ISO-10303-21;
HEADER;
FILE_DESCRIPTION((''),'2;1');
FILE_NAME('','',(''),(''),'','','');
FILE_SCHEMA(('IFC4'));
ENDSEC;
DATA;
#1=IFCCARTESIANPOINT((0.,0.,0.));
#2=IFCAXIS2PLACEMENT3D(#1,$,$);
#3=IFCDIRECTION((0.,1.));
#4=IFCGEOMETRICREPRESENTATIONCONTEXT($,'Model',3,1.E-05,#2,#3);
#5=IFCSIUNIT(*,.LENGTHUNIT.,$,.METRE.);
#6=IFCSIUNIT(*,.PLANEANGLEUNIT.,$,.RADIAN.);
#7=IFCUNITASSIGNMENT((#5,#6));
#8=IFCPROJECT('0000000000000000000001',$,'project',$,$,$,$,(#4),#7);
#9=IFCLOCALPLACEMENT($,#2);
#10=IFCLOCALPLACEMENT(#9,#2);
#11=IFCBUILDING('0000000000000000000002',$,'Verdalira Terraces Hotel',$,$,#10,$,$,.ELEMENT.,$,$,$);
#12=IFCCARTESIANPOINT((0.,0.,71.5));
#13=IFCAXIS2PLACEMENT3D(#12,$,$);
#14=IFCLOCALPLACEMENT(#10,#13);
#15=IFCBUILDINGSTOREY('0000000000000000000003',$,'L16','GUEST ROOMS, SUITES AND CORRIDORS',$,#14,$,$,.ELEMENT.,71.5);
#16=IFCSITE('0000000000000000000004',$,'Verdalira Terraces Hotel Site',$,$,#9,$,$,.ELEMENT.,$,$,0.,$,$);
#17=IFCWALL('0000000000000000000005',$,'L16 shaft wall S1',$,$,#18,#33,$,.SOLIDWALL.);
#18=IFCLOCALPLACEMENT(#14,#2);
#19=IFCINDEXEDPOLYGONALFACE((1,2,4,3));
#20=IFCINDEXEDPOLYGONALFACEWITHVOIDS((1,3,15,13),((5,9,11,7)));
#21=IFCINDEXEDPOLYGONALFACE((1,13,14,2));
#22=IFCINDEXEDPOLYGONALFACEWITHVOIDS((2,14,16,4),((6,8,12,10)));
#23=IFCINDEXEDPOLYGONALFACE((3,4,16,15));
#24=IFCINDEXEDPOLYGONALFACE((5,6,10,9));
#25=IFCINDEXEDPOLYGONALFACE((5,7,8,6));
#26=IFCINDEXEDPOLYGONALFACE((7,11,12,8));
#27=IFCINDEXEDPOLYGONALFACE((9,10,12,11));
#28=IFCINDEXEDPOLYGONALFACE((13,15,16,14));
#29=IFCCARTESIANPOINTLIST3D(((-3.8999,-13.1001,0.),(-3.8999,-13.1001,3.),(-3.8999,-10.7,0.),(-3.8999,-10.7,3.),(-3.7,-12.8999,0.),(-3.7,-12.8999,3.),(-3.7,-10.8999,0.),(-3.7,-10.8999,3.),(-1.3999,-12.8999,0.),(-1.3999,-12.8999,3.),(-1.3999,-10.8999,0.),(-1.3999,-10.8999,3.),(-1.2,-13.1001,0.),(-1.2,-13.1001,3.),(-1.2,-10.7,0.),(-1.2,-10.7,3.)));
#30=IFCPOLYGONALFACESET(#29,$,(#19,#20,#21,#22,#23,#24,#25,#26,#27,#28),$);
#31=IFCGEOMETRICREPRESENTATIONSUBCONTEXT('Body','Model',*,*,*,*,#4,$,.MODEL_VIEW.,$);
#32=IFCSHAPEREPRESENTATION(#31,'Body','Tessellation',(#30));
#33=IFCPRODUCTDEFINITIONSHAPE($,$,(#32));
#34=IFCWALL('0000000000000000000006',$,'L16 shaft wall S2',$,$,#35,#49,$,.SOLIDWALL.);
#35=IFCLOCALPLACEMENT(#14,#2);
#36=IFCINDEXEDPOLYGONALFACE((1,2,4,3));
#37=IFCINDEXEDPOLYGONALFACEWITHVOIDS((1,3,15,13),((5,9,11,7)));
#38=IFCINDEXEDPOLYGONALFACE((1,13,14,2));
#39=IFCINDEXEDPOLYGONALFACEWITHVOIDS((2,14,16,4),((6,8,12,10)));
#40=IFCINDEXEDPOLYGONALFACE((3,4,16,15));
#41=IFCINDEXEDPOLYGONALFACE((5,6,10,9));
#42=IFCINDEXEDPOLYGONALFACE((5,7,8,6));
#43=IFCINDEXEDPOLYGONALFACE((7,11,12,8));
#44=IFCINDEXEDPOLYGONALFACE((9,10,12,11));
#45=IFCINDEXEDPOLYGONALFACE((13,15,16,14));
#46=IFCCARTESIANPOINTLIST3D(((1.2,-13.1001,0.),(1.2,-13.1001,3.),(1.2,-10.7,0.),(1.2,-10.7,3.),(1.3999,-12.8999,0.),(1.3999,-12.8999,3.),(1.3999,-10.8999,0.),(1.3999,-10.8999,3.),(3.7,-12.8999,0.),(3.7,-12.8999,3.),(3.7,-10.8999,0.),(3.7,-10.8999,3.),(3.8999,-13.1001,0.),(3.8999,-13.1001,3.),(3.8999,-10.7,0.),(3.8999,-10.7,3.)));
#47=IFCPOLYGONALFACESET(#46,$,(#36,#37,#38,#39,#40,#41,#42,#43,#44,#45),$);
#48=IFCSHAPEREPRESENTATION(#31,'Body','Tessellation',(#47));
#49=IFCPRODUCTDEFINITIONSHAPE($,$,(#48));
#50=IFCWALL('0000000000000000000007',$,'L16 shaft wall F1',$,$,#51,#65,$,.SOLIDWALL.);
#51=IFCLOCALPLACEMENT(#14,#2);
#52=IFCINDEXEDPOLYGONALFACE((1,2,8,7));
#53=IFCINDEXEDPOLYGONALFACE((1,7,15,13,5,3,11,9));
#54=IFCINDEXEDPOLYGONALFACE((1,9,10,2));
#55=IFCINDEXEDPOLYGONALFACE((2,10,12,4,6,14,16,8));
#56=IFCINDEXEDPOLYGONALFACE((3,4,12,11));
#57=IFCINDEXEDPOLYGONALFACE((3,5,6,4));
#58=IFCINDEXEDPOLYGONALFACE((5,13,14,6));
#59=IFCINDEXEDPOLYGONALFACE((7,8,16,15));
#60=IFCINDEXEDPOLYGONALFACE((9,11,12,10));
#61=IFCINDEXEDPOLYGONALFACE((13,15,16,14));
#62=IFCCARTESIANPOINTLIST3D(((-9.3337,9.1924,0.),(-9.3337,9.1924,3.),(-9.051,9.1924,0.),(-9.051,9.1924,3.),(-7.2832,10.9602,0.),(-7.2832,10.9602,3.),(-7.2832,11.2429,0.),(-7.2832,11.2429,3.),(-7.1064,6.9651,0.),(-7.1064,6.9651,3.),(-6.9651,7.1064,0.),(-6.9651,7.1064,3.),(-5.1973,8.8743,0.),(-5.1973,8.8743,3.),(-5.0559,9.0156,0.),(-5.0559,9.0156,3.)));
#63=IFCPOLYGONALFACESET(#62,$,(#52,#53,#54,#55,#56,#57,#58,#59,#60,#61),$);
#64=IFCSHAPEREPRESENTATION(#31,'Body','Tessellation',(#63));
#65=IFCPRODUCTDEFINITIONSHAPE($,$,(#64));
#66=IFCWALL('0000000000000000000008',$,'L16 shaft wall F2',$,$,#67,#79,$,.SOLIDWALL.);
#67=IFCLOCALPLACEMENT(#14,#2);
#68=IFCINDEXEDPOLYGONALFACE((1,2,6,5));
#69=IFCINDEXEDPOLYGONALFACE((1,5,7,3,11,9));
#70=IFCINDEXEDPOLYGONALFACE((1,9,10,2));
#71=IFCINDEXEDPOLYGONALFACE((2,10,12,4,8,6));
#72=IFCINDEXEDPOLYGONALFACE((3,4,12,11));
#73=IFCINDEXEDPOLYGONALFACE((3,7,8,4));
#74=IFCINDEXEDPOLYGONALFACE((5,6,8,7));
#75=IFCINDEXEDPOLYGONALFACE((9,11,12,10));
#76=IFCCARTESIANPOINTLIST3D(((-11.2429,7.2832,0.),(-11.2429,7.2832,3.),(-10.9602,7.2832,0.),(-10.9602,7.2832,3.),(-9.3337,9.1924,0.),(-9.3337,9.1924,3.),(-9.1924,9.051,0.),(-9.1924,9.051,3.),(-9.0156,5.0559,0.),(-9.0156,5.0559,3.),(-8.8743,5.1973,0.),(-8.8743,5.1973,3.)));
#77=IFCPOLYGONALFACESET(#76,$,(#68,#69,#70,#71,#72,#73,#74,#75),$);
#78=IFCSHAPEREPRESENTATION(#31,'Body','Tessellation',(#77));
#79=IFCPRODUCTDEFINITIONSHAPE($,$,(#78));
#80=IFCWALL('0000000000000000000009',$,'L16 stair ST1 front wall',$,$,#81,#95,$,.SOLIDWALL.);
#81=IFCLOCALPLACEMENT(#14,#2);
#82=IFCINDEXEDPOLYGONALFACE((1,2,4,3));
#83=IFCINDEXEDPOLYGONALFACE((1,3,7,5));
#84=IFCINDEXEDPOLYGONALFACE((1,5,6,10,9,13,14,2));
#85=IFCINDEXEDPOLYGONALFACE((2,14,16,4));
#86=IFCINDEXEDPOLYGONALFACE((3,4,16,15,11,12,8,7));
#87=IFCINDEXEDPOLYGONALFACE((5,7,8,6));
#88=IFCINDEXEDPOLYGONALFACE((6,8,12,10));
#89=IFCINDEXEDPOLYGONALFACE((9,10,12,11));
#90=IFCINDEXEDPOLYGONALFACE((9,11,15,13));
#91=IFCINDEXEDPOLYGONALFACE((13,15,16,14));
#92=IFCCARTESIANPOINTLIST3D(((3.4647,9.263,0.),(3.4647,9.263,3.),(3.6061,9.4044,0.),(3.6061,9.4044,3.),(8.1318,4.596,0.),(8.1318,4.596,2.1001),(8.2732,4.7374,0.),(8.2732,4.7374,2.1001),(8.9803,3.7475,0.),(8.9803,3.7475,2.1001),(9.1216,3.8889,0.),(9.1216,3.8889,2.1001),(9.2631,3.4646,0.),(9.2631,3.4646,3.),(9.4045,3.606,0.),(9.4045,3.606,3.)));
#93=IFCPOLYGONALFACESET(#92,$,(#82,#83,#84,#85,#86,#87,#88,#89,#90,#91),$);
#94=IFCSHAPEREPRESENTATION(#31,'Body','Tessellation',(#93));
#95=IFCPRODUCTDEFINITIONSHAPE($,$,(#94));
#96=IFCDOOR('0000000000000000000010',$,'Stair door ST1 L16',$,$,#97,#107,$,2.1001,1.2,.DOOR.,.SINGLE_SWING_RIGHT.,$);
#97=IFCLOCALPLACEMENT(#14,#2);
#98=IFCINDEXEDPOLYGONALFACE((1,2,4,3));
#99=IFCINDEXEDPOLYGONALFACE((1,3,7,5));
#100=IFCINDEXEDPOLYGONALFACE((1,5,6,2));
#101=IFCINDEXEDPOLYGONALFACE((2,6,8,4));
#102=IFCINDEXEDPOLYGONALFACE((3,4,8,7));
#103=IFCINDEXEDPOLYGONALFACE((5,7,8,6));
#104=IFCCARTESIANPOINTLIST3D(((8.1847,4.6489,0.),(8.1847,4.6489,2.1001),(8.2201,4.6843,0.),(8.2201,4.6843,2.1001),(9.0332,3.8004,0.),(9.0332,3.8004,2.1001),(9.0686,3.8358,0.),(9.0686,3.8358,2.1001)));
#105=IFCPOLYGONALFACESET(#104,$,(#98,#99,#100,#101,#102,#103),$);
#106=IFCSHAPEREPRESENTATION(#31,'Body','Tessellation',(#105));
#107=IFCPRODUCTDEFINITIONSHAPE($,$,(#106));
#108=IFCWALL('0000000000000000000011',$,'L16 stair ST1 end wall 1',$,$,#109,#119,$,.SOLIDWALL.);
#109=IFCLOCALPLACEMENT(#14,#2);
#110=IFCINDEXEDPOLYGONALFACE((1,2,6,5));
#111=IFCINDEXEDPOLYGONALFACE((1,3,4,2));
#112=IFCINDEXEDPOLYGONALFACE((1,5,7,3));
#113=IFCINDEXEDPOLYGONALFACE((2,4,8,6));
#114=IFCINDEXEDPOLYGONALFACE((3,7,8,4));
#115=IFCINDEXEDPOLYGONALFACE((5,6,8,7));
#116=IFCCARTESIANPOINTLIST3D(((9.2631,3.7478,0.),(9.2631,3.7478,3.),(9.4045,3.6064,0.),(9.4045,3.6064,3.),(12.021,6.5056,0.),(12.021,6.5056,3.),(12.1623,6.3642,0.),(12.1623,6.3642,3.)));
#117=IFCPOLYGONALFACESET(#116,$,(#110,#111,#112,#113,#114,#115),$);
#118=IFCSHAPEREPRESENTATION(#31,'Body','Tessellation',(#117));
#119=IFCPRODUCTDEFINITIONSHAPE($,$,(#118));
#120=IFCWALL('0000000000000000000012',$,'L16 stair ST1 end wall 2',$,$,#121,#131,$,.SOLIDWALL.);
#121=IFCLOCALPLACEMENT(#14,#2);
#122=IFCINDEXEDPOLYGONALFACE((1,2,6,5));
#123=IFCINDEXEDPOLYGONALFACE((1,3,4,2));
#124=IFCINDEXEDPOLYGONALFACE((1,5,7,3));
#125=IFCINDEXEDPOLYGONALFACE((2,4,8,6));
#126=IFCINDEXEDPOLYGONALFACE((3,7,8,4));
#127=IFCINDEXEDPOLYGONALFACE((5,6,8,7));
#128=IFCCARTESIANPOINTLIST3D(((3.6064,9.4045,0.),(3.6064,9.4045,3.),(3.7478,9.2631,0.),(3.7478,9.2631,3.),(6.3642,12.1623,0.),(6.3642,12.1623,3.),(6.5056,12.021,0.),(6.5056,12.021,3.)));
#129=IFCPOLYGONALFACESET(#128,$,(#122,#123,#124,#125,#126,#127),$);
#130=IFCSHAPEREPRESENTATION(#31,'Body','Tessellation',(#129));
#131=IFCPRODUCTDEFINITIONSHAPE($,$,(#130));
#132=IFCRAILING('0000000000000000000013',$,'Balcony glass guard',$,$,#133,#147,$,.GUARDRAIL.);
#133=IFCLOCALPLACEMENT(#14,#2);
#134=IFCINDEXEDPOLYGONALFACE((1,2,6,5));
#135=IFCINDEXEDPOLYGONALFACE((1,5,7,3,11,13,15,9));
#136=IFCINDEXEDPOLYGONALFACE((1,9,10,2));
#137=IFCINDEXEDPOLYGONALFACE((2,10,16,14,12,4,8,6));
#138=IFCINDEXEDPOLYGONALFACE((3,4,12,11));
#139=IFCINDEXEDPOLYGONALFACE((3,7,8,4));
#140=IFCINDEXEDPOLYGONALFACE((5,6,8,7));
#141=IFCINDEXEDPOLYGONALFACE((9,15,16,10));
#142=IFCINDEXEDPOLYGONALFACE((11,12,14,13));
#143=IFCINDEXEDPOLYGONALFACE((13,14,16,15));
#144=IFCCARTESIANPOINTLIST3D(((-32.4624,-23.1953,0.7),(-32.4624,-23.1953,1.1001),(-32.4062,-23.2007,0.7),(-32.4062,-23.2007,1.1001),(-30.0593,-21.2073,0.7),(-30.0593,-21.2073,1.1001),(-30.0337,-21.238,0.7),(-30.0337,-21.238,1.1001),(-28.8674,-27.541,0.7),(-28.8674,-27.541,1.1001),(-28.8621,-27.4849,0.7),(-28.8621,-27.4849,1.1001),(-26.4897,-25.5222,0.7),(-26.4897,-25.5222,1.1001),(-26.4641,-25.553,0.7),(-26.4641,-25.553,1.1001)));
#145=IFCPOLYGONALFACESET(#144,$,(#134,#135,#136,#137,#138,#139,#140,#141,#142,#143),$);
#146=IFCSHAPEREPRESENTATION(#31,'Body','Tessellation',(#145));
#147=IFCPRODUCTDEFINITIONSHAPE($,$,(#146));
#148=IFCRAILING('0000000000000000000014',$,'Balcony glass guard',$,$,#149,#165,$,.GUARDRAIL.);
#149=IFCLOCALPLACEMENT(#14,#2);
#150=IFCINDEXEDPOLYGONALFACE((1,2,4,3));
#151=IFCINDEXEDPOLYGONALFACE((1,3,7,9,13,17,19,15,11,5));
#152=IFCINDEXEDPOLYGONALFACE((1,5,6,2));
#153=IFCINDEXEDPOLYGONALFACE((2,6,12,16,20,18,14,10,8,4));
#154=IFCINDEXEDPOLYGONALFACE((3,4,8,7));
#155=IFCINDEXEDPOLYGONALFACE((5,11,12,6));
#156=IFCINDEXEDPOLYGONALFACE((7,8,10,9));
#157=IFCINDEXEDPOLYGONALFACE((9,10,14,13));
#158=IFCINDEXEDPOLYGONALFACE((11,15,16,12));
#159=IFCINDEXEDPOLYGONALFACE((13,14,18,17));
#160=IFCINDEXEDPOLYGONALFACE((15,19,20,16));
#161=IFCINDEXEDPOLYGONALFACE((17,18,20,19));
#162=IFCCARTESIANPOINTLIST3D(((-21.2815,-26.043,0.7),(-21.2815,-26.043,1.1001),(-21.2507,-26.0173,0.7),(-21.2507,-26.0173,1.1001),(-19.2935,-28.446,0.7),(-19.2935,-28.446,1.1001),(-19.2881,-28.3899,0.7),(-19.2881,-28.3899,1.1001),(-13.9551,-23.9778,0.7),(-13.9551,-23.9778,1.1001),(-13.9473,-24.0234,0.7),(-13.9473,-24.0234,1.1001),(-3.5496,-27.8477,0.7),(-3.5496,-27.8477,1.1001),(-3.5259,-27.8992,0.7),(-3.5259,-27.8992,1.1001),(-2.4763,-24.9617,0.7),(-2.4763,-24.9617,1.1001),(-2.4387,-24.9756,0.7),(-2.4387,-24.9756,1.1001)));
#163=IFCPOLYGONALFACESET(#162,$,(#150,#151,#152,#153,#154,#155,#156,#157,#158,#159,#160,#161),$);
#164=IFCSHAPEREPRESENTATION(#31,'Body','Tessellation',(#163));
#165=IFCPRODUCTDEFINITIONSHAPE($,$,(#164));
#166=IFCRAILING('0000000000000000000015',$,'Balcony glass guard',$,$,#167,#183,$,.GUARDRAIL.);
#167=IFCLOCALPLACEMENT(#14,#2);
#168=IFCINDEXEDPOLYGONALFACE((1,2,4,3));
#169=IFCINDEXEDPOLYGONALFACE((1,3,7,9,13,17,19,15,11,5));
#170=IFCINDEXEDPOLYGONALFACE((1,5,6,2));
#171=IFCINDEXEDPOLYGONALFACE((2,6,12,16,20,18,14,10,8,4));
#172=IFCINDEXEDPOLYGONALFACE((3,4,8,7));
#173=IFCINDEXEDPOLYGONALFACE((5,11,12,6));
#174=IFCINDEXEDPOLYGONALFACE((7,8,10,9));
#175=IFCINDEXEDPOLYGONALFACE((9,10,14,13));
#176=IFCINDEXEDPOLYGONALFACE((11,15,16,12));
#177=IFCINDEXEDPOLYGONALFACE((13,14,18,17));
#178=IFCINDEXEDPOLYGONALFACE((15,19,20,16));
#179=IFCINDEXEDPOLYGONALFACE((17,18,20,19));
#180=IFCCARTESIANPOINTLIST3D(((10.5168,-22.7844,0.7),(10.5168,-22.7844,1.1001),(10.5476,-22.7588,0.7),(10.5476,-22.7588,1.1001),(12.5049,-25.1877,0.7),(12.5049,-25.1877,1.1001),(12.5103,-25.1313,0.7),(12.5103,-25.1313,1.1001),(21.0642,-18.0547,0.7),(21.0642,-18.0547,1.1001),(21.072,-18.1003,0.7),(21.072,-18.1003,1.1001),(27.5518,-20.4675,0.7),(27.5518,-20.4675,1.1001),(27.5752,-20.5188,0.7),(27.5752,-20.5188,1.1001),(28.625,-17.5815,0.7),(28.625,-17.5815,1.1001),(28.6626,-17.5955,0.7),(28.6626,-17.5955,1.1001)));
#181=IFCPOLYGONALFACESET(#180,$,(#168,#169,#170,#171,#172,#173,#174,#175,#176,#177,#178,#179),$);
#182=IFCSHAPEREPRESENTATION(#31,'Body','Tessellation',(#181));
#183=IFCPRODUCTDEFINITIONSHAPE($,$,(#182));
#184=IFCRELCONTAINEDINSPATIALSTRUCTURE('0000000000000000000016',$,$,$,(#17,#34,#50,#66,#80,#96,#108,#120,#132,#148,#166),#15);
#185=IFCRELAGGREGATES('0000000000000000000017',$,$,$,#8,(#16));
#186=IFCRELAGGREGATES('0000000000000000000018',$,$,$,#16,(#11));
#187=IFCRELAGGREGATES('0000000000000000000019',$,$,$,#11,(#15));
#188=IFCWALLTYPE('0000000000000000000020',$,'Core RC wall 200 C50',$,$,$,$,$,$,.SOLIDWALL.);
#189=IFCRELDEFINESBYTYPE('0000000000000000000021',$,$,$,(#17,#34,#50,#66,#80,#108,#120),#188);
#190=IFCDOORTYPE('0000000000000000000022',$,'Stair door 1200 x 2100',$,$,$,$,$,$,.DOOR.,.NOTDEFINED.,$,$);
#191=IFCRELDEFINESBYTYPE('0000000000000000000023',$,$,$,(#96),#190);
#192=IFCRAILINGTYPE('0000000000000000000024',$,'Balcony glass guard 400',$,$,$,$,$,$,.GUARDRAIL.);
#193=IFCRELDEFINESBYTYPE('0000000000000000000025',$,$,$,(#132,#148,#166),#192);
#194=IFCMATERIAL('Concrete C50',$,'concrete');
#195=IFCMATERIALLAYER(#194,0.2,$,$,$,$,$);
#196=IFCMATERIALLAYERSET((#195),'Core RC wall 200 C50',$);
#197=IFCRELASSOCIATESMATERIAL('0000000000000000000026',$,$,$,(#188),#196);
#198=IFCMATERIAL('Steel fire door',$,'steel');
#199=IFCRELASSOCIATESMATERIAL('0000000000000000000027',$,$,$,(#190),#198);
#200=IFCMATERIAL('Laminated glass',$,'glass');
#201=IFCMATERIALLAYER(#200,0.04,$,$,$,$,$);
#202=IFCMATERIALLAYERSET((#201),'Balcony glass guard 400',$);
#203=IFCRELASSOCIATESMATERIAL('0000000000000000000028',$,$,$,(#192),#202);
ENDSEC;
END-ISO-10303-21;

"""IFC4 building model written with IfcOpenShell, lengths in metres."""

from ifc_helpers import new_model, si_unit, direction, frame, frame_2d, origin, place, context, subcontext, project, spatial, polyline, rectangle, outline, extrude, material, layer, layer_set, type_object, element, fill, save


model = new_model("IFC4")

# Units and contexts
model_context = context("Model", 3, precision=1e-05, world=origin(), true_north=direction((0.0, 1.0)))
body_context = subcontext(model_context, "Body", "Model", "MODEL_VIEW")
ifc_project = project(units=[si_unit("LENGTHUNIT", "METRE"), si_unit("PLANEANGLEUNIT", "RADIAN")], contexts=[model_context])

# Site, building, storey
site_placement = place(None, origin())
site = spatial("IfcSite", under=ifc_project, at=site_placement, Name="Verdalira Terraces Hotel Site", CompositionType="ELEMENT", RefElevation=0.0)
building_placement = place(site_placement, origin())
building = spatial("IfcBuilding", under=site, at=building_placement, Name="Verdalira Terraces Hotel", CompositionType="ELEMENT")
storey_placement = place(building_placement, frame((0.0, 0.0, 71.5)))
storey = spatial("IfcBuildingStorey", under=building, at=storey_placement, Name="L16", Description="GUEST ROOMS, SUITES AND CORRIDORS", CompositionType="ELEMENT", Elevation=71.5)

# Walls
ifc_material_1 = material(Name="Concrete C50", Category="concrete")
ifc_layer_1 = layer(ifc_material_1, 0.2)
ifc_layer_set_1 = layer_set([ifc_layer_1], Name="Core RC wall 200 C50")
wall_type_1 = type_object("IfcWallType", Name="Core RC wall 200 C50", PredefinedType="SOLIDWALL", material=ifc_layer_set_1)
wall_1_placement = place(storey_placement, origin())
element("IfcWall", 1, at=wall_1_placement, inside=storey, type_object=wall_type_1, Name="L16 shaft wall S1", PredefinedType="SOLIDWALL", context=body_context, shape_type="SweptSolid", body=[
    extrude(outline(polyline([(-1.2, -13.1001), (-3.8999, -13.1001), (-3.8999, -10.7), (-1.2, -10.7), (-1.2, -13.1001)]), holes=[polyline([(-3.7, -10.8999), (-3.7, -12.8999), (-1.3999, -12.8999), (-1.3999, -10.8999), (-3.7, -10.8999)])]), origin(), (0.0, 0.0, 1.0), 3.0),
])
wall_2_placement = place(storey_placement, origin())
element("IfcWall", 2, at=wall_2_placement, inside=storey, type_object=wall_type_1, Name="L16 shaft wall S2", PredefinedType="SOLIDWALL", context=body_context, shape_type="SweptSolid", body=[
    extrude(outline(polyline([(3.8999, -10.7), (3.8999, -13.1001), (1.2, -13.1001), (1.2, -10.7), (3.8999, -10.7)]), holes=[polyline([(1.3999, -12.8999), (3.7, -12.8999), (3.7, -10.8999), (1.3999, -10.8999), (1.3999, -12.8999)])]), origin(), (0.0, 0.0, 1.0), 3.0),
])
wall_3_placement = place(storey_placement, origin())
element("IfcWall", 3, at=wall_3_placement, inside=storey, type_object=wall_type_1, Name="L16 shaft wall F1", PredefinedType="SOLIDWALL", context=body_context, shape_type="SweptSolid", body=[
    extrude(outline(polyline([(-9.3337, 9.1924), (-7.2832, 11.2429), (-5.0559, 9.0156), (-5.1973, 8.8743), (-7.2832, 10.9602), (-9.051, 9.1924), (-6.9651, 7.1064), (-7.1064, 6.9651), (-9.3337, 9.1924)])), origin(), (0.0, 0.0, 1.0), 3.0),
])
wall_4_placement = place(storey_placement, origin())
element("IfcWall", 4, at=wall_4_placement, inside=storey, type_object=wall_type_1, Name="L16 shaft wall F2", PredefinedType="SOLIDWALL", context=body_context, shape_type="SweptSolid", body=[
    extrude(outline(polyline([(-11.2429, 7.2832), (-9.3337, 9.1924), (-9.1924, 9.051), (-10.9602, 7.2832), (-8.8743, 5.1973), (-9.0156, 5.0559), (-11.2429, 7.2832)])), origin(), (0.0, 0.0, 1.0), 3.0),
])

# Wall, opening, door
wall_5_placement = place(storey_placement, frame((3.5354, 9.3337, 0.0), z_axis=(0.0, 0.0, 1.0), x_axis=(0.707107, -0.707107, 0.0)))
wall_5 = element("IfcWall", 5, at=wall_5_placement, inside=storey, type_object=wall_type_1, Name="L16 stair ST1 front wall", PredefinedType="SOLIDWALL", context=body_context, shape_type="SweptSolid", body=[
    extrude(rectangle(XDim=8.2002, YDim=0.2, at=frame_2d((4.1001, 0.0))), origin(), (0.0, 0.0, 1.0), 3.0),
])
opening_placement = place(wall_5_placement, frame((6.6001, 0.0, 0.0)))
opening = element("IfcOpeningElement", 6, at=opening_placement, cuts=wall_5, PredefinedType="OPENING", context=body_context, shape_type="SweptSolid", body=[
    extrude(rectangle(XDim=1.2, YDim=2.1001, at=frame_2d((0.6001, 1.05))), frame((0.0, 0.1099, 0.0), z_axis=(0.0, -1.0, 0.0), x_axis=(1.0, 0.0, 0.0)), (0.0, 0.0, 1.0), 0.22),
])
ifc_material_2 = material(Name="Steel fire door", Category="steel")
door_type = type_object("IfcDoorType", Name="Stair door 1200 x 2100", OperationType="NOTDEFINED", PredefinedType="DOOR", material=ifc_material_2)
door_placement = place(opening_placement, origin())
door = element("IfcDoor", 7, at=door_placement, inside=storey, type_object=door_type, Name="Stair door ST1 L16", OperationType="SINGLE_SWING_RIGHT", OverallHeight=2.1001, OverallWidth=1.2, PredefinedType="DOOR", context=body_context, shape_type="SweptSolid", body=[
    extrude(rectangle(XDim=1.2, YDim=2.1001, at=frame_2d((0.6001, 1.05))), frame((0.0, 0.0249, 0.0), z_axis=(0.0, -1.0, 0.0), x_axis=(1.0, 0.0, 0.0)), (0.0, 0.0, 1.0), 0.05),
])
fill(opening, door)

# Walls
for number, where, z_axis, x_axis, name in (
    (8, (9.3337, 3.677, 0.0), (0.0, 0.0, 1.0), (0.707107, 0.707107, 0.0), "L16 stair ST1 end wall 1"),
    (9, (3.677, 9.3337, 0.0), (0.0, 0.0, 1.0), (0.707107, 0.707107, 0.0), "L16 stair ST1 end wall 2"),
):
    element("IfcWall", number, at=place(storey_placement, frame(where, z_axis=z_axis, x_axis=x_axis)), inside=storey, type_object=wall_type_1, Name=name, PredefinedType="SOLIDWALL", context=body_context, shape_type="SweptSolid", body=[
        extrude(rectangle(XDim=3.9001, YDim=0.2, at=frame_2d((1.9502, 0.0))), origin(), (0.0, 0.0, 1.0), 3.0),
    ])

# Railings
ifc_material_3 = material(Name="Laminated glass", Category="glass")
ifc_layer_2 = layer(ifc_material_3, 0.04)
ifc_layer_set_2 = layer_set([ifc_layer_2], Name="Balcony glass guard 400")
railing_type = type_object("IfcRailingType", Name="Balcony glass guard 400", PredefinedType="GUARDRAIL", material=ifc_layer_set_2)
railing_1_placement = place(storey_placement, frame((0.0, 0.0, 0.7)))
element("IfcRailing", 10, at=railing_1_placement, inside=storey, type_object=railing_type, Name="Balcony glass guard", PredefinedType="GUARDRAIL", context=body_context, shape_type="SweptSolid", body=[
    extrude(outline(polyline([(-32.4062, -23.2007), (-28.8621, -27.4849), (-26.4897, -25.5222), (-26.4641, -25.553), (-28.8674, -27.541), (-32.4624, -23.1953), (-30.0593, -21.2073), (-30.0337, -21.238), (-32.4062, -23.2007)])), origin(), (0.0, 0.0, 1.0), 0.4001),
])
railing_2_placement = place(storey_placement, frame((0.0, 0.0, 0.7)))
element("IfcRailing", 11, at=railing_2_placement, inside=storey, type_object=railing_type, Name="Balcony glass guard", PredefinedType="GUARDRAIL", context=body_context, shape_type="SweptSolid", body=[
    extrude(outline(polyline([(-19.2881, -28.3899), (-13.9551, -23.9778), (-3.5496, -27.8477), (-2.4763, -24.9617), (-2.4387, -24.9756), (-3.5259, -27.8992), (-13.9473, -24.0234), (-19.2935, -28.446), (-21.2815, -26.043), (-21.2507, -26.0173), (-19.2881, -28.3899)])), origin(), (0.0, 0.0, 1.0), 0.4001),
])
railing_3_placement = place(storey_placement, frame((0.0, 0.0, 0.7)))
element("IfcRailing", 12, at=railing_3_placement, inside=storey, type_object=railing_type, Name="Balcony glass guard", PredefinedType="GUARDRAIL", context=body_context, shape_type="SweptSolid", body=[
    extrude(outline(polyline([(12.5103, -25.1313), (21.0642, -18.0547), (27.5518, -20.4675), (28.625, -17.5815), (28.6626, -17.5955), (27.5752, -20.5188), (21.072, -18.1003), (12.5049, -25.1877), (10.5168, -22.7844), (10.5476, -22.7588), (12.5103, -25.1313)])), origin(), (0.0, 0.0, 1.0), 0.4001),
])

save(model, "model.ifc")
